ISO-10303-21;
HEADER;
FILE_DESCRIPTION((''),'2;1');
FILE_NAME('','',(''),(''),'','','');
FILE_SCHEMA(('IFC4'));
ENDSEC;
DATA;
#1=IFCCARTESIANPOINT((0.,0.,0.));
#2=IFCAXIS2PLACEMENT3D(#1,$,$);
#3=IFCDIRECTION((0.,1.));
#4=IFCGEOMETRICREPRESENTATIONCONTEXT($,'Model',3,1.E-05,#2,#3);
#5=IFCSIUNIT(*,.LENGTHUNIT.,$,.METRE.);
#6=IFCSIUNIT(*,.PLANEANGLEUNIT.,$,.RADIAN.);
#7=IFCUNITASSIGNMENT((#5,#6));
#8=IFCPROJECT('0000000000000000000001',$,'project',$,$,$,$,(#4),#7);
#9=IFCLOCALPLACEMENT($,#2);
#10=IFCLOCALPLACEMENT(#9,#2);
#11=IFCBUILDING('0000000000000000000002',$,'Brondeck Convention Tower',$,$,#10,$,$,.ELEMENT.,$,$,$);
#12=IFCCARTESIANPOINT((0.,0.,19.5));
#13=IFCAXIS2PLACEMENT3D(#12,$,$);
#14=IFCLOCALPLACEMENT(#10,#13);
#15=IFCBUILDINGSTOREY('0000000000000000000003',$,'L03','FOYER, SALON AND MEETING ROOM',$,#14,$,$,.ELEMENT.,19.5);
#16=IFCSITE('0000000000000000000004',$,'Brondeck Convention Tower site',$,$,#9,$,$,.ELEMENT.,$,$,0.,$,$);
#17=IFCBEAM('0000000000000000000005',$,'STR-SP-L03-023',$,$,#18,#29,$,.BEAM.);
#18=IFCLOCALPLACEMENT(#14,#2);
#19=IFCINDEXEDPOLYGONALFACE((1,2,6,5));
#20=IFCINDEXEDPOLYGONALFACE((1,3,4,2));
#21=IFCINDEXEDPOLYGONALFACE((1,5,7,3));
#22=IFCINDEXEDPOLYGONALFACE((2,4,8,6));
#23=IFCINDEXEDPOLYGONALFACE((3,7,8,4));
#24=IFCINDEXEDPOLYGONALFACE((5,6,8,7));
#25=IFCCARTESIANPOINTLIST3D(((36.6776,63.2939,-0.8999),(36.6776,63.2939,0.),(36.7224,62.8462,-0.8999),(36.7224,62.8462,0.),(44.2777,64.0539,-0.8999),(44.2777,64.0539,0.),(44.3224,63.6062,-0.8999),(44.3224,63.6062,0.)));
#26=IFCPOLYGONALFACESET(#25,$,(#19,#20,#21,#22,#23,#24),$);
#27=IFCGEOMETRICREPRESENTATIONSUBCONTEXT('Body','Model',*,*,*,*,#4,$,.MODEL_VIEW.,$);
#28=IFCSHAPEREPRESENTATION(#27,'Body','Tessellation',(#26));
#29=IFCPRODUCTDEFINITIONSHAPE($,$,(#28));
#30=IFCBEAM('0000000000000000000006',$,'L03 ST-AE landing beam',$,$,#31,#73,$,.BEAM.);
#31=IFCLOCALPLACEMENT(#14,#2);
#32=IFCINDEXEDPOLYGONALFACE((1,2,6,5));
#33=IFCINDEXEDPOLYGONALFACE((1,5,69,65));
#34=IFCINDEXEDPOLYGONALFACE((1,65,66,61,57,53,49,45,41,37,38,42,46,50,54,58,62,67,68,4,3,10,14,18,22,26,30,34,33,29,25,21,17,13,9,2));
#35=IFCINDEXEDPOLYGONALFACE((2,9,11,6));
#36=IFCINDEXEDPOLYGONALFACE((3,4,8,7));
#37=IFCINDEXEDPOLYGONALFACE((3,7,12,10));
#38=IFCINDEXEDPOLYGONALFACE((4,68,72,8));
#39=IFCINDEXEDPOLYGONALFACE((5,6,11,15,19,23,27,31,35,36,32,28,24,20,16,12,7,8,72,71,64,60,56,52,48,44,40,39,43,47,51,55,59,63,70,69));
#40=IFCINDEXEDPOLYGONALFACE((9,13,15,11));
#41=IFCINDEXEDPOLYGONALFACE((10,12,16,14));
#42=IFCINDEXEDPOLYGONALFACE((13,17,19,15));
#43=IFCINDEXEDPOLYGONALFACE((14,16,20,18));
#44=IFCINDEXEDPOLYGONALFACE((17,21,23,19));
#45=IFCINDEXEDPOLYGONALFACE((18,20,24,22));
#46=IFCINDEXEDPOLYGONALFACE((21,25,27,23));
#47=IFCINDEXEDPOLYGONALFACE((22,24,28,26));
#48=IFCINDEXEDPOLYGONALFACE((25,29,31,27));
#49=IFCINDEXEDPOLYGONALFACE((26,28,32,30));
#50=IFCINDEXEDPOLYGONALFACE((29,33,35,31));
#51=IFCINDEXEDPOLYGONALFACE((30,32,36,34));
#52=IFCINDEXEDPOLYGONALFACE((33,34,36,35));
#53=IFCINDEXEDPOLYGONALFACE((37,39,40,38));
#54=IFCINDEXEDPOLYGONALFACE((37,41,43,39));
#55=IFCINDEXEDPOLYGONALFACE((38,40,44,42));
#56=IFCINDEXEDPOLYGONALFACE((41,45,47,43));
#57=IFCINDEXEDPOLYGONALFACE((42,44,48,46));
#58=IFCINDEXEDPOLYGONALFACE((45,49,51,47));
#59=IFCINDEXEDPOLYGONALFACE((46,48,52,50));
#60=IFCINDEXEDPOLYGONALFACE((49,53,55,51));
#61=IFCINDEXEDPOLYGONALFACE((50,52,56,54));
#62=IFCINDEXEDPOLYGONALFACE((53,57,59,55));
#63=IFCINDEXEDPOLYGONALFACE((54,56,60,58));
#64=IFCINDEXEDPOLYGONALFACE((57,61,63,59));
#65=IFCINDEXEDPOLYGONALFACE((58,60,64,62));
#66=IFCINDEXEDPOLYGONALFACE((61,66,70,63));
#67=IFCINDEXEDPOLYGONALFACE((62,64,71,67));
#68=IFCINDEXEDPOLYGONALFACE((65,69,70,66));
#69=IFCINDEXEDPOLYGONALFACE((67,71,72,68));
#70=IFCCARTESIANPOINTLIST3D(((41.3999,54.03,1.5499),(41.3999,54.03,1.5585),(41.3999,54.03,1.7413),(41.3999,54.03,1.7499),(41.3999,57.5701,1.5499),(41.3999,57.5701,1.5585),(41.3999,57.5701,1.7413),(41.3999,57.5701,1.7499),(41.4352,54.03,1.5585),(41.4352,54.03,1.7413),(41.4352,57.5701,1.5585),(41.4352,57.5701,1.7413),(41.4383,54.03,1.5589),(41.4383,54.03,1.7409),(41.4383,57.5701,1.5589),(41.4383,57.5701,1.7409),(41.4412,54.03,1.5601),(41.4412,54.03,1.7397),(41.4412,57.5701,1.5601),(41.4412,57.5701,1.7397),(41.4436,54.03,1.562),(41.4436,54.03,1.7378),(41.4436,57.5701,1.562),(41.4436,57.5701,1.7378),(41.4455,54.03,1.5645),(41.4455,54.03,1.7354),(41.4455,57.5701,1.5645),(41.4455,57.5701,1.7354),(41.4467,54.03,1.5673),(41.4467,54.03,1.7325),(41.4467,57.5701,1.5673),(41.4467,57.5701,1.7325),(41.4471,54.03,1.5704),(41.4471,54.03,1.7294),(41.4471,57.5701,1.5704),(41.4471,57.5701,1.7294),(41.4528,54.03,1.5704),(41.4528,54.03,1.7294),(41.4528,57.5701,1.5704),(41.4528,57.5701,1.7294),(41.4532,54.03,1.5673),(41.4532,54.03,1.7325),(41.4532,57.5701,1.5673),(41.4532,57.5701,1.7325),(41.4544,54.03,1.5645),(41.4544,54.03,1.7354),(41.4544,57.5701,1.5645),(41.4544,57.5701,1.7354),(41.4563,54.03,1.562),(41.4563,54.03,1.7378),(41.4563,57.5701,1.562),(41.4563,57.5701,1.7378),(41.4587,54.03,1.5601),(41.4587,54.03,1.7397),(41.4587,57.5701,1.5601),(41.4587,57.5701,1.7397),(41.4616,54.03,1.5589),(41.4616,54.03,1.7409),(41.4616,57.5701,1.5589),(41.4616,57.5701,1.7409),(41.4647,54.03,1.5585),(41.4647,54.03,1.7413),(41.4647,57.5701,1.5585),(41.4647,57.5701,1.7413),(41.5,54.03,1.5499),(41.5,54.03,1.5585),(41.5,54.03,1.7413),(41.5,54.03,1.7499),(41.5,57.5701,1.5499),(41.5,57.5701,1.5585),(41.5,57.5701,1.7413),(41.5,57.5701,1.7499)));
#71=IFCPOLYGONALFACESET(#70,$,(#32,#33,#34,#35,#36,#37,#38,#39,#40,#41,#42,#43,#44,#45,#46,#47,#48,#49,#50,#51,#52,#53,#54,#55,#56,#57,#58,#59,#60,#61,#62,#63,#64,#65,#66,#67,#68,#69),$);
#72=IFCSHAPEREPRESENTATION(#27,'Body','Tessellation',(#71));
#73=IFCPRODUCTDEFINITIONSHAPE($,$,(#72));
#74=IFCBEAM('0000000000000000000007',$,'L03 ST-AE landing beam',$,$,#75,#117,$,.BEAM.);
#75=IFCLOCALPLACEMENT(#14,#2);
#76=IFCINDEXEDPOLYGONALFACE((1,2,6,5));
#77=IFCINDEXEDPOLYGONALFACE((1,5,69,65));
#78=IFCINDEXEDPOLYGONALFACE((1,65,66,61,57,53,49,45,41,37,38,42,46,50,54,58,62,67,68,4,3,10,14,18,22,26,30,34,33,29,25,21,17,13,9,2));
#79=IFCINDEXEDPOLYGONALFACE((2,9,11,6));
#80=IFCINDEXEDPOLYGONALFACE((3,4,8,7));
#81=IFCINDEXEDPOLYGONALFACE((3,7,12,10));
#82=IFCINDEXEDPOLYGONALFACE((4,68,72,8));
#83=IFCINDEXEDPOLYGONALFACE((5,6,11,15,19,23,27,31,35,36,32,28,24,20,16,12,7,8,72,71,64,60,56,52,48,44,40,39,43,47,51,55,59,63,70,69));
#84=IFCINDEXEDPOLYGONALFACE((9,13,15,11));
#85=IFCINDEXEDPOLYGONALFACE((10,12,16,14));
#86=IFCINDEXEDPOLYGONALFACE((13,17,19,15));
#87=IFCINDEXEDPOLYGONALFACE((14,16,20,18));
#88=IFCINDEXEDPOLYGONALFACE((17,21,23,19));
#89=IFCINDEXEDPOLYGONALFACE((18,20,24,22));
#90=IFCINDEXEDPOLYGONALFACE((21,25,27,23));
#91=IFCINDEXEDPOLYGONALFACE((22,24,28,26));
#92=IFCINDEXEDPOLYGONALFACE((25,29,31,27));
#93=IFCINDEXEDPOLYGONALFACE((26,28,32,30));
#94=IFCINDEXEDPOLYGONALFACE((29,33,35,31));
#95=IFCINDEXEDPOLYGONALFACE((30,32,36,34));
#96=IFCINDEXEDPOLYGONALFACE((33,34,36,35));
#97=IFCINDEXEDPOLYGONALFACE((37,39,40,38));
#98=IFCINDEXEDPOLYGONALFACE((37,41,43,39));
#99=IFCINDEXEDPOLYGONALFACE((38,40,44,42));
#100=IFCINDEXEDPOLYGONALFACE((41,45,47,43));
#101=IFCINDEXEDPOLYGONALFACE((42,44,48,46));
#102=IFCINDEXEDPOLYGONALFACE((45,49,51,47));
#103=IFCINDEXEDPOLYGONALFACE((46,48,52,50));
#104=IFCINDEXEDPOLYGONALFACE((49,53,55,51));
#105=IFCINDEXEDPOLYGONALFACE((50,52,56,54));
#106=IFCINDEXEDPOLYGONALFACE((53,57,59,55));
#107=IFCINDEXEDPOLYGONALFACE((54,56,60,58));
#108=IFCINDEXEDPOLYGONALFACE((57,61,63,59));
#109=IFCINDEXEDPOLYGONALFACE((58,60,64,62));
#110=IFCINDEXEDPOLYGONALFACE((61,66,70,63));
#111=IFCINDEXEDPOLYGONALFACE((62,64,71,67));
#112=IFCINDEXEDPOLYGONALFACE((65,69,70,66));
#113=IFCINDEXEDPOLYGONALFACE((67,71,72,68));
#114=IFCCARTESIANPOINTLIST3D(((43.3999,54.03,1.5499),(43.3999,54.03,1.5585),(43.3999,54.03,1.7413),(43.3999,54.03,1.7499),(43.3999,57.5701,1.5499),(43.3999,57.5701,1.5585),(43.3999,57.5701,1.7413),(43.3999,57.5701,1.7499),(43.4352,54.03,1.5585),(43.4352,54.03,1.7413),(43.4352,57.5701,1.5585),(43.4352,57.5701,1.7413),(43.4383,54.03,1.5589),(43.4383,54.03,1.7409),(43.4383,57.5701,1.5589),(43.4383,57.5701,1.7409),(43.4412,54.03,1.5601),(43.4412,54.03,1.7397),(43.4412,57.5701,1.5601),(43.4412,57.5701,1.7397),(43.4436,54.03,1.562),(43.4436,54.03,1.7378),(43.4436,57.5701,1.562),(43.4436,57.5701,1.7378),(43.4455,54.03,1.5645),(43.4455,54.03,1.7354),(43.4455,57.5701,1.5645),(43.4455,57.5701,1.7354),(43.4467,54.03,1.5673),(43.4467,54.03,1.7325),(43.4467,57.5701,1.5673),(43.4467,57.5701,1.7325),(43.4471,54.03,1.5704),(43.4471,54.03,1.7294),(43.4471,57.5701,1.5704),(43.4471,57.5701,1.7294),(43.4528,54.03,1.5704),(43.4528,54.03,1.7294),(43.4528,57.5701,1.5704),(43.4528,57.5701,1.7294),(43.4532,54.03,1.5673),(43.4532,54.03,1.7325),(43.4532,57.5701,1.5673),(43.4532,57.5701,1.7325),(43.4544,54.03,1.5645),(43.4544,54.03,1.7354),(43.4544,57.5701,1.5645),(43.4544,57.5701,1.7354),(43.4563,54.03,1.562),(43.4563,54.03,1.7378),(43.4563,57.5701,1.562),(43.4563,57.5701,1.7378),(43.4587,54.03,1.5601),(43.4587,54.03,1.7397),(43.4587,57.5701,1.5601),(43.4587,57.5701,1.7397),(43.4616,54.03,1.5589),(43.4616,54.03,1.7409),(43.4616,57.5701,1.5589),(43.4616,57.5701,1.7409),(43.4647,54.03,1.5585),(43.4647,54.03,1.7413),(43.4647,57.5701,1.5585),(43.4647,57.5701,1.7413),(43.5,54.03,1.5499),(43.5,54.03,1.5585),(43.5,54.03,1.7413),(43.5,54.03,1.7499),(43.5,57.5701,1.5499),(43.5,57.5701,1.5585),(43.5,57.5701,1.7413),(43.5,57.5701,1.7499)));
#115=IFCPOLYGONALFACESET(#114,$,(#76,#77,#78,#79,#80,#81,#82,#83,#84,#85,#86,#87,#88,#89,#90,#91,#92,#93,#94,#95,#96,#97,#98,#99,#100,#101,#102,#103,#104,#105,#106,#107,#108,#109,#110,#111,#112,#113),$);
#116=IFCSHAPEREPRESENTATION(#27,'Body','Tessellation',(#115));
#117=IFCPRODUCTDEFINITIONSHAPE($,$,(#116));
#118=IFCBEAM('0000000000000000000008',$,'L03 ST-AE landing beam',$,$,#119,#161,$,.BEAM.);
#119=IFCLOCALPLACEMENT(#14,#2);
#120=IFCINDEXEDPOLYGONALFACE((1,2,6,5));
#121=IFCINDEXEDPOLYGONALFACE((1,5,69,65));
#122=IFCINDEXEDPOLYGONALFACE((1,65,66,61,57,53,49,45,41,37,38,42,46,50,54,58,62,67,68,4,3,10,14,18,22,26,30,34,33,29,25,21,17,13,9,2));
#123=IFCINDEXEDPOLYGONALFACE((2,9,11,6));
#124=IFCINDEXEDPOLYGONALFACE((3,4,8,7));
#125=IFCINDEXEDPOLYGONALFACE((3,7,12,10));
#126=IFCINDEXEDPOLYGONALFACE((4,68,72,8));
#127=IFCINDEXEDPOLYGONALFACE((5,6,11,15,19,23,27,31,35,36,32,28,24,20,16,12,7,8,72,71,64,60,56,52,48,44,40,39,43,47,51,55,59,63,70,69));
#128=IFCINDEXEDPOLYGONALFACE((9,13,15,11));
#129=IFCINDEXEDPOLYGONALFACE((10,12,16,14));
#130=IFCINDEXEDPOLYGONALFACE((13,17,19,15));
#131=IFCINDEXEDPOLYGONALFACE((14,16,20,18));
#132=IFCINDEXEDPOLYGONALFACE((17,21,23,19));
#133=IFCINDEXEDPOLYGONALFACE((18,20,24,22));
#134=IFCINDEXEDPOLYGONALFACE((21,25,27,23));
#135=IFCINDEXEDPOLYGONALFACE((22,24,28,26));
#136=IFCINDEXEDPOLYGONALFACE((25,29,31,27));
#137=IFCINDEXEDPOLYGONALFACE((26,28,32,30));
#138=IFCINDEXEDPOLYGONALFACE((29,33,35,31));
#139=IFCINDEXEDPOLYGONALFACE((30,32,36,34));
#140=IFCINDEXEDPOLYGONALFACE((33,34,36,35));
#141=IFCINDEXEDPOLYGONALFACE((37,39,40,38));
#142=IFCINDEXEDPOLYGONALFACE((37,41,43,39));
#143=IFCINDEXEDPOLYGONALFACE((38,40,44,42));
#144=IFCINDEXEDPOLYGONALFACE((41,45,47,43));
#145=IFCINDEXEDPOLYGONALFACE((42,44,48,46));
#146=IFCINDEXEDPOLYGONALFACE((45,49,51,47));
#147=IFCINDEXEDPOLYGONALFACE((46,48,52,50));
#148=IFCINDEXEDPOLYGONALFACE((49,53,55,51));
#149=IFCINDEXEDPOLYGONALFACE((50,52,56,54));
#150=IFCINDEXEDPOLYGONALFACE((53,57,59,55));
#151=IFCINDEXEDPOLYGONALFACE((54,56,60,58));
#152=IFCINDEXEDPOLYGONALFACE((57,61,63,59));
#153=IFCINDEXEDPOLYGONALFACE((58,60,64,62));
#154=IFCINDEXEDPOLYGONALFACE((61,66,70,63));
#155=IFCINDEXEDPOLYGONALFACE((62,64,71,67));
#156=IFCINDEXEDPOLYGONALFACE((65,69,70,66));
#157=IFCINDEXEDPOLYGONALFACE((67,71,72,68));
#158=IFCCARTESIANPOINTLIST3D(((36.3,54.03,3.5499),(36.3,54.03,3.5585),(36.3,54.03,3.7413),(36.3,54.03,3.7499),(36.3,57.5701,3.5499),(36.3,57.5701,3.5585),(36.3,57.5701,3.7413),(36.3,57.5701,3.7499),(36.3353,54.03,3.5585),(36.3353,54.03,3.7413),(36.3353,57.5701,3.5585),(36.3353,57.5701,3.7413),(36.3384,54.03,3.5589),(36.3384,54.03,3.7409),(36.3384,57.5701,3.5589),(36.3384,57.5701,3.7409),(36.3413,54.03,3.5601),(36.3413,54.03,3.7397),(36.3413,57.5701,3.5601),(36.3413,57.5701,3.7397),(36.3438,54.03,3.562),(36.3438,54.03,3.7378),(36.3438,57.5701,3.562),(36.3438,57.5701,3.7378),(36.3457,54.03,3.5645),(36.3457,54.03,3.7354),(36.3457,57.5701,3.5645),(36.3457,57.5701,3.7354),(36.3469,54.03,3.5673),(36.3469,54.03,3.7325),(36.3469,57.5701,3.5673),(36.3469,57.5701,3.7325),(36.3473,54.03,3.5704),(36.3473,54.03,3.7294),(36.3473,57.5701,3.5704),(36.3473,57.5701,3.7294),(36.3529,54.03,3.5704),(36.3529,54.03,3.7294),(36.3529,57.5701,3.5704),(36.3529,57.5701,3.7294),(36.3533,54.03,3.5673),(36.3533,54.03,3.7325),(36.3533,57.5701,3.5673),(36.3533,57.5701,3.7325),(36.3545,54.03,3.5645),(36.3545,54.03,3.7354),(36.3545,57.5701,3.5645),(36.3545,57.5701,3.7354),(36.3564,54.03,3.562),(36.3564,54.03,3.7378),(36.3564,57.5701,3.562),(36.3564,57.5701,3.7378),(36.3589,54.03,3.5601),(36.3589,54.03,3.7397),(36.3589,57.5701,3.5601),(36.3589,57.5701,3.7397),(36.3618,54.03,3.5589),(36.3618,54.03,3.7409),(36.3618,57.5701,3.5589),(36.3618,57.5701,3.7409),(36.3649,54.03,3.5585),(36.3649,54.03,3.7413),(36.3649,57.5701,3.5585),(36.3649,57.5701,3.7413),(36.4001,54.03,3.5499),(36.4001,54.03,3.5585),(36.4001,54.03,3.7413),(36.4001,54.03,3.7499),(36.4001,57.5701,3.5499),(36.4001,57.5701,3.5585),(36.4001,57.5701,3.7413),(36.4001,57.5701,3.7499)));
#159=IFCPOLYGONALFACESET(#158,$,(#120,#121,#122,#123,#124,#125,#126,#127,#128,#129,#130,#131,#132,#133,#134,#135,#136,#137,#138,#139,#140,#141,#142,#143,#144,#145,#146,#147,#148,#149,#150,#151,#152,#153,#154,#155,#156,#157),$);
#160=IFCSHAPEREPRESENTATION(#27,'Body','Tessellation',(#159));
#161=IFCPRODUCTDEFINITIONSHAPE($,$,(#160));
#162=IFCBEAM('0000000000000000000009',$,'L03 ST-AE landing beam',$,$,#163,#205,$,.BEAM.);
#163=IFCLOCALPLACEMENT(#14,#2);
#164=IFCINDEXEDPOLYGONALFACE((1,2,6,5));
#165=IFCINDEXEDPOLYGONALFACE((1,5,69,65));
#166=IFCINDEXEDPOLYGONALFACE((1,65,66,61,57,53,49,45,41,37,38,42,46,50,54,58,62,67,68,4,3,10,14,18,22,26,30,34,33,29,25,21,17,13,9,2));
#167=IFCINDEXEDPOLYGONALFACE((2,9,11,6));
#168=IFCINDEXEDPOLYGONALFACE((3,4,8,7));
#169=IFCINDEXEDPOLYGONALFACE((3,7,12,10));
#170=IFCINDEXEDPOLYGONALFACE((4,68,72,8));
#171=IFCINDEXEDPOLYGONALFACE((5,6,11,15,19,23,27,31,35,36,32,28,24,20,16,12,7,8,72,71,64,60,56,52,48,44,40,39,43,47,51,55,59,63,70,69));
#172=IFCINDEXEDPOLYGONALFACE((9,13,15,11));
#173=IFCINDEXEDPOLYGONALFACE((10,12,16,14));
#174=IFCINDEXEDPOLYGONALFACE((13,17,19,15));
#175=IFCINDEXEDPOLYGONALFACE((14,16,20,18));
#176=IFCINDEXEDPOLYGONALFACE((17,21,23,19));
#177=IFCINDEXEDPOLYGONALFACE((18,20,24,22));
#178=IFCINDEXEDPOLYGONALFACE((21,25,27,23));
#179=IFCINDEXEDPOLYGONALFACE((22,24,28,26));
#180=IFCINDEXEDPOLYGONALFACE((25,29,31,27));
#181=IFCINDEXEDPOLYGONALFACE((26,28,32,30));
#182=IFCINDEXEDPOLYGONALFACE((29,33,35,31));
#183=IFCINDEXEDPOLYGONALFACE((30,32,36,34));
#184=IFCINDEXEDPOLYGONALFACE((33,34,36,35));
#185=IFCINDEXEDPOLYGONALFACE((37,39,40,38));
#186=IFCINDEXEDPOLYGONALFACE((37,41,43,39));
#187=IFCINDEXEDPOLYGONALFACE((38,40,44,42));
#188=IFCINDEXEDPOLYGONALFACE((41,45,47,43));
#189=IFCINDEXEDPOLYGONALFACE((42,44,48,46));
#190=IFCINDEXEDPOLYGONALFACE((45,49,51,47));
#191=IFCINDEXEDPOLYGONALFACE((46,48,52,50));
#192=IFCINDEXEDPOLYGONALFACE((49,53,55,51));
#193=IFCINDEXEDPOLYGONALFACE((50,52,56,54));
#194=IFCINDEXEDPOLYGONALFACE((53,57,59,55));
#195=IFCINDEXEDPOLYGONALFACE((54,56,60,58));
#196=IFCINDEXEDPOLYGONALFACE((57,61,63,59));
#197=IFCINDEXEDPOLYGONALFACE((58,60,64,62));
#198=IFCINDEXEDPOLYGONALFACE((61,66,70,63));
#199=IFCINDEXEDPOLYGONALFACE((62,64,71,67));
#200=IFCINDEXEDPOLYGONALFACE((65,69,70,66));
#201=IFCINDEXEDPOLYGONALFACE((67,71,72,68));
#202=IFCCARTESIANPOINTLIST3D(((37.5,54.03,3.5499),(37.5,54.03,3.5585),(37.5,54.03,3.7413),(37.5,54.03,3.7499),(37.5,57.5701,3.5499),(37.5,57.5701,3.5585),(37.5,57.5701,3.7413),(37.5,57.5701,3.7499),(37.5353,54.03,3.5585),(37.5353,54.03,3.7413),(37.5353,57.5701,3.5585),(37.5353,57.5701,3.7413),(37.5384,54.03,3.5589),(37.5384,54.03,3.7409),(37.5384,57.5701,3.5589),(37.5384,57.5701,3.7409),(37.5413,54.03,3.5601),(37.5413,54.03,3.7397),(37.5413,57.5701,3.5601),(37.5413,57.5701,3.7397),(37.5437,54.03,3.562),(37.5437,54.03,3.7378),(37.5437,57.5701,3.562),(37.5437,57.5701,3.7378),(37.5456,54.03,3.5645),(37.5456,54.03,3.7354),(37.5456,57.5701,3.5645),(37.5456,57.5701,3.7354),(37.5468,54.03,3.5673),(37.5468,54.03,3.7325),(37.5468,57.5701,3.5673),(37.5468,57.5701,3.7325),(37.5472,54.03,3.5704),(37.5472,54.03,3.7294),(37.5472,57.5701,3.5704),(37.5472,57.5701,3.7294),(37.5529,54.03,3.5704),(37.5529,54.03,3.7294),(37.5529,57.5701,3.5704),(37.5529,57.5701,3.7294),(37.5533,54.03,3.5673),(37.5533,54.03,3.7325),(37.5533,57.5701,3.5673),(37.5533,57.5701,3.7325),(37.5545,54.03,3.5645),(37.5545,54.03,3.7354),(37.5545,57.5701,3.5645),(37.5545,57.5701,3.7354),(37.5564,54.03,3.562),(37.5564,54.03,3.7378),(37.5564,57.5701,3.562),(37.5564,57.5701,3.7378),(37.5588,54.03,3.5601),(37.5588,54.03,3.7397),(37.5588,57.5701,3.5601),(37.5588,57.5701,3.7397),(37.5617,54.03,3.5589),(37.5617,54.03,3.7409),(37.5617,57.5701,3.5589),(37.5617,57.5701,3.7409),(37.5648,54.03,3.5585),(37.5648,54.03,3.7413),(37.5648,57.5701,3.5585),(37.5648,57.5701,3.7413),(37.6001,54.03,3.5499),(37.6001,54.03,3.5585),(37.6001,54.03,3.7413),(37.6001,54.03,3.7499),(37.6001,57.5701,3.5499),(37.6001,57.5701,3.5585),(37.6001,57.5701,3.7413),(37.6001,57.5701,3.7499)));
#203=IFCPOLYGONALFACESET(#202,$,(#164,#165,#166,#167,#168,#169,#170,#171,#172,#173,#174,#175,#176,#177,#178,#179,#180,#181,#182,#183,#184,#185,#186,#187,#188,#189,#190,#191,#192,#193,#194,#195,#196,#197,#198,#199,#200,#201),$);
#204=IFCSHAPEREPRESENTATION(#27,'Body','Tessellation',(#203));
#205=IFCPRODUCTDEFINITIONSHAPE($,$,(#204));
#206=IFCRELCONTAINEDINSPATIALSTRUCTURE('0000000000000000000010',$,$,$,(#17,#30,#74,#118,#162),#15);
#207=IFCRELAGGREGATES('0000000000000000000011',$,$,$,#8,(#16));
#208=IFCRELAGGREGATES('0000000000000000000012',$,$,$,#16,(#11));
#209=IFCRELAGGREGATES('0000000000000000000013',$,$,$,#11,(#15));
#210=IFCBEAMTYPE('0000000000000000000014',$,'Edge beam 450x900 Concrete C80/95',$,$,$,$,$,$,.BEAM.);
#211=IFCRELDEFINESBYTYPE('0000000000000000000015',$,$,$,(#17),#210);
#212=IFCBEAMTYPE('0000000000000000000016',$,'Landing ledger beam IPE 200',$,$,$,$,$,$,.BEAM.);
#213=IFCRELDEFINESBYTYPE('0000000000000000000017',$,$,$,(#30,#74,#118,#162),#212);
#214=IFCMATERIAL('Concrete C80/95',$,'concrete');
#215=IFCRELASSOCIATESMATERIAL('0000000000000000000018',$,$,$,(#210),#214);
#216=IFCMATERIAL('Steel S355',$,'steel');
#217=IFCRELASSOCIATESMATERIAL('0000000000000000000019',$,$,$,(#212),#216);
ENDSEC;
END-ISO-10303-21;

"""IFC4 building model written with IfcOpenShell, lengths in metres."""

from ifc_helpers import new_model, si_unit, direction, frame, origin, origin_2d, place, context, subcontext, project, spatial, rectangle, i_section, extrude, material, material_profile, profile_set, type_object, element, save


model = new_model("IFC4")

# Units and contexts
model_context = context("Model", 3, precision=1e-05, world=origin(), true_north=direction((0.0, 1.0)))
body_context = subcontext(model_context, "Body", "Model", "MODEL_VIEW")
ifc_project = project(units=[si_unit("LENGTHUNIT", "METRE"), si_unit("PLANEANGLEUNIT", "RADIAN")], contexts=[model_context])

# Site, building, storey
site_placement = place(None, origin())
site = spatial("IfcSite", under=ifc_project, at=site_placement, Name="Brondeck Convention Tower site", CompositionType="ELEMENT", RefElevation=0.0)
building_placement = place(site_placement, origin())
building = spatial("IfcBuilding", under=site, at=building_placement, Name="Brondeck Convention Tower", CompositionType="ELEMENT")
storey_placement = place(building_placement, frame((0.0, 0.0, 19.5)))
storey = spatial("IfcBuildingStorey", under=building, at=storey_placement, Name="L03", Description="FOYER, SALON AND MEETING ROOM", CompositionType="ELEMENT", Elevation=19.5)

# Beams
ifc_material_1 = material(Name="Concrete C80/95", Category="concrete")
ifc_material_profile_1 = material_profile(ifc_material_1, rectangle(XDim=0.45, YDim=0.8999, at=origin_2d()), Name="Edge beam 450x900 Concrete C80/95")
ifc_profile_set_1 = profile_set([ifc_material_profile_1], Name="Concrete C80/95")
beam_type_1 = type_object("IfcBeamType", Name="Edge beam 450x900 Concrete C80/95", PredefinedType="BEAM", material=ifc_profile_set_1)
beam_placement = place(storey_placement, frame((44.3, 63.8301, -0.45), z_axis=(-0.995037, -0.099504, 0.0), x_axis=(0.099504, -0.995037, 0.0)))
element("IfcBeam", 1, at=beam_placement, inside=storey, type_object=beam_type_1, Name="STR-SP-L03-023", PredefinedType="BEAM", context=body_context, shape_type="SweptSolid", body=[
    extrude(rectangle(XDim=0.45, YDim=0.8999, at=origin_2d()), origin(), (0.0, 0.0, 1.0), 7.6379),
])
ifc_material_2 = material(Name="Steel S355", Category="steel")
ifc_material_profile_2 = material_profile(ifc_material_2, i_section(OverallWidth=0.1001, OverallDepth=0.2, WebThickness=0.0056, FlangeThickness=0.0085, FilletRadius=0.012, at=origin_2d()), Name="IPE200")
ifc_profile_set_2 = profile_set([ifc_material_profile_2], Name="Steel S355")
beam_type_2 = type_object("IfcBeamType", Name="Landing ledger beam IPE 200", PredefinedType="BEAM", material=ifc_profile_set_2)
for number, where, z_axis, x_axis, name in (
    (2, (41.45, 54.03, 1.6499), (0.0, 1.0, 0.0), (-1.0, 0.0, 0.0), "L03 ST-AE landing beam"),
    (3, (43.45, 54.03, 1.6499), (0.0, 1.0, 0.0), (-1.0, 0.0, 0.0), "L03 ST-AE landing beam"),
    (4, (36.3501, 54.03, 3.6499), (0.0, 1.0, 0.0), (-1.0, 0.0, 0.0), "L03 ST-AE landing beam"),
    (5, (37.55, 54.03, 3.6499), (0.0, 1.0, 0.0), (-1.0, 0.0, 0.0), "L03 ST-AE landing beam"),
):
    element("IfcBeam", number, at=place(storey_placement, frame(where, z_axis=z_axis, x_axis=x_axis)), inside=storey, type_object=beam_type_2, Name=name, PredefinedType="BEAM", context=body_context, shape_type="SweptSolid", body=[
        extrude(i_section(OverallWidth=0.1001, OverallDepth=0.2, WebThickness=0.0056, FlangeThickness=0.0085, FilletRadius=0.012, at=origin_2d()), origin(), (0.0, 0.0, 1.0), 3.54),
    ])

save(model, "model.ifc")
